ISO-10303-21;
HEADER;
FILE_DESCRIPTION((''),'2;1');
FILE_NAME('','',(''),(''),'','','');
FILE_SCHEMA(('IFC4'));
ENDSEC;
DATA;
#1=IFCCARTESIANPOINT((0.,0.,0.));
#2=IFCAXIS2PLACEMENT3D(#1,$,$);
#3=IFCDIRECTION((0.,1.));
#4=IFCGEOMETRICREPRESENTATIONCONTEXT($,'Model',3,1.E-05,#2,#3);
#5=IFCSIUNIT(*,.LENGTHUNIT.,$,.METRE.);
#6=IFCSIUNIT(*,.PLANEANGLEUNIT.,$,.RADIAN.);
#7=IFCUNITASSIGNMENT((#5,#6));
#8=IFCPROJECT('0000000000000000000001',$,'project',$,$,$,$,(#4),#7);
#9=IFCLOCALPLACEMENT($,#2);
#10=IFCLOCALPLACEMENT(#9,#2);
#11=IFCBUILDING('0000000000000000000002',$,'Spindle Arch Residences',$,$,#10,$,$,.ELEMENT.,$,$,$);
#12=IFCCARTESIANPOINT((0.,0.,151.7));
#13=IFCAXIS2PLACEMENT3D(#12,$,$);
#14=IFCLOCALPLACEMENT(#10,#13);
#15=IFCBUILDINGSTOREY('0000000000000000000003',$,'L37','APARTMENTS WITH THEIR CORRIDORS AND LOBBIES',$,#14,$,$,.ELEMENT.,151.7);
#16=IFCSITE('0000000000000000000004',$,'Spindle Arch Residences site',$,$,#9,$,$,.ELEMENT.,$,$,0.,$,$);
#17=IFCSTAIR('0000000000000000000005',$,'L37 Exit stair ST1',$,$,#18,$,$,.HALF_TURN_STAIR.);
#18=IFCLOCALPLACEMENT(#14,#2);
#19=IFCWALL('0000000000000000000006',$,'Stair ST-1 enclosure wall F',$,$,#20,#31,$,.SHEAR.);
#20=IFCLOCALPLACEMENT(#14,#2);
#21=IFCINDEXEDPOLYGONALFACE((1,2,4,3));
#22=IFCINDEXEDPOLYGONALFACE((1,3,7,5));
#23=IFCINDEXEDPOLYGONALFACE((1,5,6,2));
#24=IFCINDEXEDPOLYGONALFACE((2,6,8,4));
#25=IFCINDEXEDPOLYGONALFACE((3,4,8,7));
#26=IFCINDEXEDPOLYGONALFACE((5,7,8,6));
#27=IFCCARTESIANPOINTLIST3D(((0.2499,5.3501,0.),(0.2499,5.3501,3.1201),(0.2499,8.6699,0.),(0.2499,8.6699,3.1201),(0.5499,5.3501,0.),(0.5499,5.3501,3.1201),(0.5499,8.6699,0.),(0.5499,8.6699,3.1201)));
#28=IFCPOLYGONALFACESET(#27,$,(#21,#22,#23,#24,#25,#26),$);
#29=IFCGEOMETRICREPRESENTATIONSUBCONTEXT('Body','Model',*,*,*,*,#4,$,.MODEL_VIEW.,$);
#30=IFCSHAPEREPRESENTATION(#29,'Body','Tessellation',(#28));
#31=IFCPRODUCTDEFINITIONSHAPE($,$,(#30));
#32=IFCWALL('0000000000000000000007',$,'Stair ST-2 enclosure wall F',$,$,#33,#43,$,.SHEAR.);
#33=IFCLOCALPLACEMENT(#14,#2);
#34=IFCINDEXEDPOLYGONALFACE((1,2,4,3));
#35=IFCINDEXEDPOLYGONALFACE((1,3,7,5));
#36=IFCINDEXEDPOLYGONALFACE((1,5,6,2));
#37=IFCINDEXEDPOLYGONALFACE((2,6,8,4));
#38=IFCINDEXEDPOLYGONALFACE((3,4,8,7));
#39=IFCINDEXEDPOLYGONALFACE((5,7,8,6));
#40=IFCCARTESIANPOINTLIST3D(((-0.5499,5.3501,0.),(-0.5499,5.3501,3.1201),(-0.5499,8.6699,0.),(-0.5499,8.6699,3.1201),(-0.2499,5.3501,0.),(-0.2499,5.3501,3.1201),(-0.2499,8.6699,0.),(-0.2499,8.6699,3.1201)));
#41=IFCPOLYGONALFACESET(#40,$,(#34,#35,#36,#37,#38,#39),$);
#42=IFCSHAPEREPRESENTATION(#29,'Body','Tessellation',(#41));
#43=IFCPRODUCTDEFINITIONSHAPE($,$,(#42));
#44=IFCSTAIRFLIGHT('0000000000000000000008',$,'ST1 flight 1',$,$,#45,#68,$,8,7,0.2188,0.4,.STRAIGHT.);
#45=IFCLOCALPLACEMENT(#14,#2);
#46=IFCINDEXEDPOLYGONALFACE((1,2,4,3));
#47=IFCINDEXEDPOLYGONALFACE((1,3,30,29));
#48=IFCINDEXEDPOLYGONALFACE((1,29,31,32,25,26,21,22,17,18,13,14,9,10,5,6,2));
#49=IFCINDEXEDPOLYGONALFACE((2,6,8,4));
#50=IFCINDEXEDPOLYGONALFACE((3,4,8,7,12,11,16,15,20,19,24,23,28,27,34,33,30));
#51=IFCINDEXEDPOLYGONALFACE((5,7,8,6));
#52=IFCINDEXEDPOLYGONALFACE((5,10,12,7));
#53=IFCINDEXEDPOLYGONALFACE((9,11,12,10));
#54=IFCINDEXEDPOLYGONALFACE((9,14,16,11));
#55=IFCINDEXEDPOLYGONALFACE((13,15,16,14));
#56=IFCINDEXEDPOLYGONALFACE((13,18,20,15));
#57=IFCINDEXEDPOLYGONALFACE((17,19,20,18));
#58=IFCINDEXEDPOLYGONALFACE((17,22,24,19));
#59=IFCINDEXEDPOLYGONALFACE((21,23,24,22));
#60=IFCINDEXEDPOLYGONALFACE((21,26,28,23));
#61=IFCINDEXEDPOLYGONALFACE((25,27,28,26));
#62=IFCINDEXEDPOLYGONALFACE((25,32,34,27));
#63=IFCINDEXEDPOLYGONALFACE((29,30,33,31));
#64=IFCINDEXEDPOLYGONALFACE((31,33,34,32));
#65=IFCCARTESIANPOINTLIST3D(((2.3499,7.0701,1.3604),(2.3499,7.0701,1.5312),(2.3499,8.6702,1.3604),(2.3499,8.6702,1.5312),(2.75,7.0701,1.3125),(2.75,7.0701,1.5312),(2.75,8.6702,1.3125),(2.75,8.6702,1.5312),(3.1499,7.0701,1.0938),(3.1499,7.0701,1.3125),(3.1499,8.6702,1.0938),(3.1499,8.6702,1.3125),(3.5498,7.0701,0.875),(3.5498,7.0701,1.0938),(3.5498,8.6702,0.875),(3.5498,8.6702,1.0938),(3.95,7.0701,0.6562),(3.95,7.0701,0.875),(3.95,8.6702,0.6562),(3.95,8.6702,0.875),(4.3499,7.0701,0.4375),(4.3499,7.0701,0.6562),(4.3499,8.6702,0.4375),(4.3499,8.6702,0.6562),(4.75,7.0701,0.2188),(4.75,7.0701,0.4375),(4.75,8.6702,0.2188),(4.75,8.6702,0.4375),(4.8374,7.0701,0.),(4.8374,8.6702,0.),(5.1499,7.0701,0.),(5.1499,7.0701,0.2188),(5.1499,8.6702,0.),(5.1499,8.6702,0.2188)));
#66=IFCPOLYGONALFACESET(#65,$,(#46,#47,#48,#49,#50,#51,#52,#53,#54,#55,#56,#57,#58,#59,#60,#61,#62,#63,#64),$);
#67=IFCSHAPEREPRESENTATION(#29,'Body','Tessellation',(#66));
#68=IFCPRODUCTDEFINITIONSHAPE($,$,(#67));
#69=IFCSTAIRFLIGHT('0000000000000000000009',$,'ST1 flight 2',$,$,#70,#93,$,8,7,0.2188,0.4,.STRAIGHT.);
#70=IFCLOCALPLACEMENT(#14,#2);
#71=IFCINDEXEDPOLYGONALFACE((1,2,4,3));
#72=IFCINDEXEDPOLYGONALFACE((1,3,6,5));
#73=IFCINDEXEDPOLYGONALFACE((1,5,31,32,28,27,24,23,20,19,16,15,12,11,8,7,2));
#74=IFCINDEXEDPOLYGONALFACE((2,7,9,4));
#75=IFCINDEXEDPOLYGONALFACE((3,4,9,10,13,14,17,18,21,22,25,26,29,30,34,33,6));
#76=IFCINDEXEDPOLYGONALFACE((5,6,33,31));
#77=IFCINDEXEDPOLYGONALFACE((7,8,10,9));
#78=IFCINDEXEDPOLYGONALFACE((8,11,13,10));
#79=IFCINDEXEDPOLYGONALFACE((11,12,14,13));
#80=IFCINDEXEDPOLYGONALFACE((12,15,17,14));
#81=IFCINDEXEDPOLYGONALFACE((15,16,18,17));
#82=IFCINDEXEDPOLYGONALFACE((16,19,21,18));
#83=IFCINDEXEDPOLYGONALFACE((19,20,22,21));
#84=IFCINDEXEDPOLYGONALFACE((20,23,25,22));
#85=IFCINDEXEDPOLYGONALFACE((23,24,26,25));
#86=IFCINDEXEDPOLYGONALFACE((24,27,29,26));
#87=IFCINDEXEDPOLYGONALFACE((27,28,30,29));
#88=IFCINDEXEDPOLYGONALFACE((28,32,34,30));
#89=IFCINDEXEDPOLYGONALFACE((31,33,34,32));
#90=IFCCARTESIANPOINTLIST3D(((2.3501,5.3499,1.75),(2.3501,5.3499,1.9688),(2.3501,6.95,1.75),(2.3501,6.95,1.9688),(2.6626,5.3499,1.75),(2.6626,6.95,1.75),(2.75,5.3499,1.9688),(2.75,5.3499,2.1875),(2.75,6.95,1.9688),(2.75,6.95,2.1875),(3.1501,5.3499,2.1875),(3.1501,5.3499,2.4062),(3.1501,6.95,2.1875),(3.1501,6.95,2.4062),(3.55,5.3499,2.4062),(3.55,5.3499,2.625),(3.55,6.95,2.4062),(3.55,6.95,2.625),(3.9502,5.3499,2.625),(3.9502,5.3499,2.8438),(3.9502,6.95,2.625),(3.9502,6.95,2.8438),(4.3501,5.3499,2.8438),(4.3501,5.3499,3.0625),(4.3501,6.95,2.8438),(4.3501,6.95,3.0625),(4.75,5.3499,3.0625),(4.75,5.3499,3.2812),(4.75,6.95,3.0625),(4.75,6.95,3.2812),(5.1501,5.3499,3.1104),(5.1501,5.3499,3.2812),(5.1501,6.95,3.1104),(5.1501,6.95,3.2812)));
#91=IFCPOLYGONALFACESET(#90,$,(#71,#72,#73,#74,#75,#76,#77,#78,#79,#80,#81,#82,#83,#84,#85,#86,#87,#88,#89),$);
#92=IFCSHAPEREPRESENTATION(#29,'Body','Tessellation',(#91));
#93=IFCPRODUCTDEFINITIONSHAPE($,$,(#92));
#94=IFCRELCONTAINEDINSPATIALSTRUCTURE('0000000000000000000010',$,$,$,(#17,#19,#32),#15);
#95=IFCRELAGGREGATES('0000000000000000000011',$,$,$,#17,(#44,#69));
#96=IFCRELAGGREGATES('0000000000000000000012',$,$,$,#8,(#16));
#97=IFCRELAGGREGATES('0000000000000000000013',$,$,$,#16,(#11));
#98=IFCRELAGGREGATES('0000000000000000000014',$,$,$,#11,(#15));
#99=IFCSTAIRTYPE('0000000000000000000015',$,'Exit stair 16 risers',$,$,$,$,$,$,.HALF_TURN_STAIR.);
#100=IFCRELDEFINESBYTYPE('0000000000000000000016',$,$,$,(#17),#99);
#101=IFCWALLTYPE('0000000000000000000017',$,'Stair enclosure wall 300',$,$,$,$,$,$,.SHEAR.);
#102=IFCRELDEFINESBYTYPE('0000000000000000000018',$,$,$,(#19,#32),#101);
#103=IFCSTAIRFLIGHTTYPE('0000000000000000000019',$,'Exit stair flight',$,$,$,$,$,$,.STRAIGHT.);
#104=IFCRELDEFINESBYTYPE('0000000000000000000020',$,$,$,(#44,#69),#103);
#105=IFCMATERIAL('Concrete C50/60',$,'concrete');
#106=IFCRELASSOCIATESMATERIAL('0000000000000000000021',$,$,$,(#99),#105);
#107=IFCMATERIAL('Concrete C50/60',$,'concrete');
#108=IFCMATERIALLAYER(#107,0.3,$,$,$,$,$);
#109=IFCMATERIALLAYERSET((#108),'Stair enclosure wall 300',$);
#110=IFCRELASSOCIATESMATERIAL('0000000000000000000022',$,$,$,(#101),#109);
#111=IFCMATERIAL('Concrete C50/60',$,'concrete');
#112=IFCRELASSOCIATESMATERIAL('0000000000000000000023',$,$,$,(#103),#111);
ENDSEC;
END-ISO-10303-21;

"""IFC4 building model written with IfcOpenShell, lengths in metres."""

from ifc_helpers import new_model, si_unit, direction, frame, frame_2d, origin, place, context, subcontext, project, spatial, polyline, rectangle, outline, extrude, material, layer, layer_set, type_object, element, aggregate, save


model = new_model("IFC4")

# Units and contexts
model_context = context("Model", 3, precision=1e-05, world=origin(), true_north=direction((0.0, 1.0)))
body_context = subcontext(model_context, "Body", "Model", "MODEL_VIEW")
ifc_project = project(units=[si_unit("LENGTHUNIT", "METRE"), si_unit("PLANEANGLEUNIT", "RADIAN")], contexts=[model_context])

# Site, building, storey
site_placement = place(None, origin())
site = spatial("IfcSite", under=ifc_project, at=site_placement, Name="Spindle Arch Residences site", CompositionType="ELEMENT", RefElevation=0.0)
building_placement = place(site_placement, origin())
building = spatial("IfcBuilding", under=site, at=building_placement, Name="Spindle Arch Residences", CompositionType="ELEMENT")
storey_placement = place(building_placement, frame((0.0, 0.0, 151.7)))
storey = spatial("IfcBuildingStorey", under=building, at=storey_placement, Name="L37", Description="APARTMENTS WITH THEIR CORRIDORS AND LOBBIES", CompositionType="ELEMENT", Elevation=151.7)

# Stair
ifc_material_1 = material(Name="Concrete C50/60", Category="concrete")
stair_type = type_object("IfcStairType", Name="Exit stair 16 risers", PredefinedType="HALF_TURN_STAIR", material=ifc_material_1)
stair_1_placement = place(storey_placement, origin())
stair_1 = element("IfcStair", 1, at=stair_1_placement, inside=storey, type_object=stair_type, Name="L37 Exit stair ST1", PredefinedType="HALF_TURN_STAIR")

# Walls
ifc_material_2 = material(Name="Concrete C50/60", Category="concrete")
ifc_layer_1 = layer(ifc_material_2, 0.3)
ifc_layer_set_1 = layer_set([ifc_layer_1], Name="Stair enclosure wall 300")
wall_type_1 = type_object("IfcWallType", Name="Stair enclosure wall 300", PredefinedType="SHEAR", material=ifc_layer_set_1)
for number, where, z_axis, x_axis, name in (
    (2, (0.3999, 5.3501, 0.0), (0.0, 0.0, 1.0), (0.0, 1.0, 0.0), "Stair ST-1 enclosure wall F"),
    (3, (-0.3999, 5.3501, 0.0), (0.0, 0.0, 1.0), (0.0, 1.0, 0.0), "Stair ST-2 enclosure wall F"),
):
    element("IfcWall", number, at=place(storey_placement, frame(where, z_axis=z_axis, x_axis=x_axis)), inside=storey, type_object=wall_type_1, Name=name, PredefinedType="SHEAR", context=body_context, shape_type="SweptSolid", body=[
        extrude(rectangle(XDim=3.3198, YDim=0.3, at=frame_2d((1.6599, 0.0))), origin(), (0.0, 0.0, 1.0), 3.1201),
    ])

# Stair flights
ifc_material_3 = material(Name="Concrete C50/60", Category="concrete")
stair_flight_type = type_object("IfcStairFlightType", Name="Exit stair flight", PredefinedType="STRAIGHT", material=ifc_material_3)
stair_flight_1_placement = place(storey_placement, frame((5.1499, 7.8701, 0.0), z_axis=(0.0, 0.0, 1.0), x_axis=(-1.0, 0.0, 0.0)))
stair_flight_1 = element("IfcStairFlight", 4, at=stair_flight_1_placement, type_object=stair_flight_type, Name="ST1 flight 1", NumberOfRisers=8, NumberOfTreads=7, PredefinedType="STRAIGHT", RiserHeight=0.2188, TreadLength=0.4, context=body_context, shape_type="SweptSolid", body=[
    extrude(outline(polyline([(0.0, 0.0), (0.0, 0.2188), (0.3999, 0.2188), (0.3999, 0.4375), (0.8, 0.4375), (0.8, 0.6562), (1.2, 0.6562), (1.2, 0.875), (1.6001, 0.875), (1.6001, 1.0938), (2.0, 1.0938), (2.0, 1.3125), (2.3999, 1.3125), (2.3999, 1.5312), (2.8, 1.5312), (2.8, 1.75), (2.8, 1.3604), (0.3125, 0.0), (0.0, 0.0)])), frame((0.0, 0.8, 0.0), z_axis=(0.0, -1.0, 0.0), x_axis=(1.0, 0.0, 0.0)), (0.0, 0.0, 1.0), 1.6001),
])
stair_flight_2_placement = place(storey_placement, frame((2.3501, 6.1499, 1.75), z_axis=(0.0, 0.0, 1.0), x_axis=(1.0, 0.0, 0.0)))
stair_flight_2 = element("IfcStairFlight", 5, at=stair_flight_2_placement, type_object=stair_flight_type, Name="ST1 flight 2", NumberOfRisers=8, NumberOfTreads=7, PredefinedType="STRAIGHT", RiserHeight=0.2188, TreadLength=0.4, context=body_context, shape_type="SweptSolid", body=[
    extrude(outline(polyline([(0.0, 0.0), (0.0, 0.2188), (0.3999, 0.2188), (0.3999, 0.4375), (0.8, 0.4375), (0.8, 0.6562), (1.2, 0.6562), (1.2, 0.875), (1.6001, 0.875), (1.6001, 1.0938), (2.0, 1.0938), (2.0, 1.3125), (2.3999, 1.3125), (2.3999, 1.5312), (2.8, 1.5312), (2.8, 1.75), (2.8, 1.3604), (0.3125, 0.0), (0.0, 0.0)])), frame((0.0, 0.8, 0.0), z_axis=(0.0, -1.0, 0.0), x_axis=(1.0, 0.0, 0.0)), (0.0, 0.0, 1.0), 1.6001),
])
aggregate(stair_1, [stair_flight_1, stair_flight_2])

save(model, "model.ifc")
